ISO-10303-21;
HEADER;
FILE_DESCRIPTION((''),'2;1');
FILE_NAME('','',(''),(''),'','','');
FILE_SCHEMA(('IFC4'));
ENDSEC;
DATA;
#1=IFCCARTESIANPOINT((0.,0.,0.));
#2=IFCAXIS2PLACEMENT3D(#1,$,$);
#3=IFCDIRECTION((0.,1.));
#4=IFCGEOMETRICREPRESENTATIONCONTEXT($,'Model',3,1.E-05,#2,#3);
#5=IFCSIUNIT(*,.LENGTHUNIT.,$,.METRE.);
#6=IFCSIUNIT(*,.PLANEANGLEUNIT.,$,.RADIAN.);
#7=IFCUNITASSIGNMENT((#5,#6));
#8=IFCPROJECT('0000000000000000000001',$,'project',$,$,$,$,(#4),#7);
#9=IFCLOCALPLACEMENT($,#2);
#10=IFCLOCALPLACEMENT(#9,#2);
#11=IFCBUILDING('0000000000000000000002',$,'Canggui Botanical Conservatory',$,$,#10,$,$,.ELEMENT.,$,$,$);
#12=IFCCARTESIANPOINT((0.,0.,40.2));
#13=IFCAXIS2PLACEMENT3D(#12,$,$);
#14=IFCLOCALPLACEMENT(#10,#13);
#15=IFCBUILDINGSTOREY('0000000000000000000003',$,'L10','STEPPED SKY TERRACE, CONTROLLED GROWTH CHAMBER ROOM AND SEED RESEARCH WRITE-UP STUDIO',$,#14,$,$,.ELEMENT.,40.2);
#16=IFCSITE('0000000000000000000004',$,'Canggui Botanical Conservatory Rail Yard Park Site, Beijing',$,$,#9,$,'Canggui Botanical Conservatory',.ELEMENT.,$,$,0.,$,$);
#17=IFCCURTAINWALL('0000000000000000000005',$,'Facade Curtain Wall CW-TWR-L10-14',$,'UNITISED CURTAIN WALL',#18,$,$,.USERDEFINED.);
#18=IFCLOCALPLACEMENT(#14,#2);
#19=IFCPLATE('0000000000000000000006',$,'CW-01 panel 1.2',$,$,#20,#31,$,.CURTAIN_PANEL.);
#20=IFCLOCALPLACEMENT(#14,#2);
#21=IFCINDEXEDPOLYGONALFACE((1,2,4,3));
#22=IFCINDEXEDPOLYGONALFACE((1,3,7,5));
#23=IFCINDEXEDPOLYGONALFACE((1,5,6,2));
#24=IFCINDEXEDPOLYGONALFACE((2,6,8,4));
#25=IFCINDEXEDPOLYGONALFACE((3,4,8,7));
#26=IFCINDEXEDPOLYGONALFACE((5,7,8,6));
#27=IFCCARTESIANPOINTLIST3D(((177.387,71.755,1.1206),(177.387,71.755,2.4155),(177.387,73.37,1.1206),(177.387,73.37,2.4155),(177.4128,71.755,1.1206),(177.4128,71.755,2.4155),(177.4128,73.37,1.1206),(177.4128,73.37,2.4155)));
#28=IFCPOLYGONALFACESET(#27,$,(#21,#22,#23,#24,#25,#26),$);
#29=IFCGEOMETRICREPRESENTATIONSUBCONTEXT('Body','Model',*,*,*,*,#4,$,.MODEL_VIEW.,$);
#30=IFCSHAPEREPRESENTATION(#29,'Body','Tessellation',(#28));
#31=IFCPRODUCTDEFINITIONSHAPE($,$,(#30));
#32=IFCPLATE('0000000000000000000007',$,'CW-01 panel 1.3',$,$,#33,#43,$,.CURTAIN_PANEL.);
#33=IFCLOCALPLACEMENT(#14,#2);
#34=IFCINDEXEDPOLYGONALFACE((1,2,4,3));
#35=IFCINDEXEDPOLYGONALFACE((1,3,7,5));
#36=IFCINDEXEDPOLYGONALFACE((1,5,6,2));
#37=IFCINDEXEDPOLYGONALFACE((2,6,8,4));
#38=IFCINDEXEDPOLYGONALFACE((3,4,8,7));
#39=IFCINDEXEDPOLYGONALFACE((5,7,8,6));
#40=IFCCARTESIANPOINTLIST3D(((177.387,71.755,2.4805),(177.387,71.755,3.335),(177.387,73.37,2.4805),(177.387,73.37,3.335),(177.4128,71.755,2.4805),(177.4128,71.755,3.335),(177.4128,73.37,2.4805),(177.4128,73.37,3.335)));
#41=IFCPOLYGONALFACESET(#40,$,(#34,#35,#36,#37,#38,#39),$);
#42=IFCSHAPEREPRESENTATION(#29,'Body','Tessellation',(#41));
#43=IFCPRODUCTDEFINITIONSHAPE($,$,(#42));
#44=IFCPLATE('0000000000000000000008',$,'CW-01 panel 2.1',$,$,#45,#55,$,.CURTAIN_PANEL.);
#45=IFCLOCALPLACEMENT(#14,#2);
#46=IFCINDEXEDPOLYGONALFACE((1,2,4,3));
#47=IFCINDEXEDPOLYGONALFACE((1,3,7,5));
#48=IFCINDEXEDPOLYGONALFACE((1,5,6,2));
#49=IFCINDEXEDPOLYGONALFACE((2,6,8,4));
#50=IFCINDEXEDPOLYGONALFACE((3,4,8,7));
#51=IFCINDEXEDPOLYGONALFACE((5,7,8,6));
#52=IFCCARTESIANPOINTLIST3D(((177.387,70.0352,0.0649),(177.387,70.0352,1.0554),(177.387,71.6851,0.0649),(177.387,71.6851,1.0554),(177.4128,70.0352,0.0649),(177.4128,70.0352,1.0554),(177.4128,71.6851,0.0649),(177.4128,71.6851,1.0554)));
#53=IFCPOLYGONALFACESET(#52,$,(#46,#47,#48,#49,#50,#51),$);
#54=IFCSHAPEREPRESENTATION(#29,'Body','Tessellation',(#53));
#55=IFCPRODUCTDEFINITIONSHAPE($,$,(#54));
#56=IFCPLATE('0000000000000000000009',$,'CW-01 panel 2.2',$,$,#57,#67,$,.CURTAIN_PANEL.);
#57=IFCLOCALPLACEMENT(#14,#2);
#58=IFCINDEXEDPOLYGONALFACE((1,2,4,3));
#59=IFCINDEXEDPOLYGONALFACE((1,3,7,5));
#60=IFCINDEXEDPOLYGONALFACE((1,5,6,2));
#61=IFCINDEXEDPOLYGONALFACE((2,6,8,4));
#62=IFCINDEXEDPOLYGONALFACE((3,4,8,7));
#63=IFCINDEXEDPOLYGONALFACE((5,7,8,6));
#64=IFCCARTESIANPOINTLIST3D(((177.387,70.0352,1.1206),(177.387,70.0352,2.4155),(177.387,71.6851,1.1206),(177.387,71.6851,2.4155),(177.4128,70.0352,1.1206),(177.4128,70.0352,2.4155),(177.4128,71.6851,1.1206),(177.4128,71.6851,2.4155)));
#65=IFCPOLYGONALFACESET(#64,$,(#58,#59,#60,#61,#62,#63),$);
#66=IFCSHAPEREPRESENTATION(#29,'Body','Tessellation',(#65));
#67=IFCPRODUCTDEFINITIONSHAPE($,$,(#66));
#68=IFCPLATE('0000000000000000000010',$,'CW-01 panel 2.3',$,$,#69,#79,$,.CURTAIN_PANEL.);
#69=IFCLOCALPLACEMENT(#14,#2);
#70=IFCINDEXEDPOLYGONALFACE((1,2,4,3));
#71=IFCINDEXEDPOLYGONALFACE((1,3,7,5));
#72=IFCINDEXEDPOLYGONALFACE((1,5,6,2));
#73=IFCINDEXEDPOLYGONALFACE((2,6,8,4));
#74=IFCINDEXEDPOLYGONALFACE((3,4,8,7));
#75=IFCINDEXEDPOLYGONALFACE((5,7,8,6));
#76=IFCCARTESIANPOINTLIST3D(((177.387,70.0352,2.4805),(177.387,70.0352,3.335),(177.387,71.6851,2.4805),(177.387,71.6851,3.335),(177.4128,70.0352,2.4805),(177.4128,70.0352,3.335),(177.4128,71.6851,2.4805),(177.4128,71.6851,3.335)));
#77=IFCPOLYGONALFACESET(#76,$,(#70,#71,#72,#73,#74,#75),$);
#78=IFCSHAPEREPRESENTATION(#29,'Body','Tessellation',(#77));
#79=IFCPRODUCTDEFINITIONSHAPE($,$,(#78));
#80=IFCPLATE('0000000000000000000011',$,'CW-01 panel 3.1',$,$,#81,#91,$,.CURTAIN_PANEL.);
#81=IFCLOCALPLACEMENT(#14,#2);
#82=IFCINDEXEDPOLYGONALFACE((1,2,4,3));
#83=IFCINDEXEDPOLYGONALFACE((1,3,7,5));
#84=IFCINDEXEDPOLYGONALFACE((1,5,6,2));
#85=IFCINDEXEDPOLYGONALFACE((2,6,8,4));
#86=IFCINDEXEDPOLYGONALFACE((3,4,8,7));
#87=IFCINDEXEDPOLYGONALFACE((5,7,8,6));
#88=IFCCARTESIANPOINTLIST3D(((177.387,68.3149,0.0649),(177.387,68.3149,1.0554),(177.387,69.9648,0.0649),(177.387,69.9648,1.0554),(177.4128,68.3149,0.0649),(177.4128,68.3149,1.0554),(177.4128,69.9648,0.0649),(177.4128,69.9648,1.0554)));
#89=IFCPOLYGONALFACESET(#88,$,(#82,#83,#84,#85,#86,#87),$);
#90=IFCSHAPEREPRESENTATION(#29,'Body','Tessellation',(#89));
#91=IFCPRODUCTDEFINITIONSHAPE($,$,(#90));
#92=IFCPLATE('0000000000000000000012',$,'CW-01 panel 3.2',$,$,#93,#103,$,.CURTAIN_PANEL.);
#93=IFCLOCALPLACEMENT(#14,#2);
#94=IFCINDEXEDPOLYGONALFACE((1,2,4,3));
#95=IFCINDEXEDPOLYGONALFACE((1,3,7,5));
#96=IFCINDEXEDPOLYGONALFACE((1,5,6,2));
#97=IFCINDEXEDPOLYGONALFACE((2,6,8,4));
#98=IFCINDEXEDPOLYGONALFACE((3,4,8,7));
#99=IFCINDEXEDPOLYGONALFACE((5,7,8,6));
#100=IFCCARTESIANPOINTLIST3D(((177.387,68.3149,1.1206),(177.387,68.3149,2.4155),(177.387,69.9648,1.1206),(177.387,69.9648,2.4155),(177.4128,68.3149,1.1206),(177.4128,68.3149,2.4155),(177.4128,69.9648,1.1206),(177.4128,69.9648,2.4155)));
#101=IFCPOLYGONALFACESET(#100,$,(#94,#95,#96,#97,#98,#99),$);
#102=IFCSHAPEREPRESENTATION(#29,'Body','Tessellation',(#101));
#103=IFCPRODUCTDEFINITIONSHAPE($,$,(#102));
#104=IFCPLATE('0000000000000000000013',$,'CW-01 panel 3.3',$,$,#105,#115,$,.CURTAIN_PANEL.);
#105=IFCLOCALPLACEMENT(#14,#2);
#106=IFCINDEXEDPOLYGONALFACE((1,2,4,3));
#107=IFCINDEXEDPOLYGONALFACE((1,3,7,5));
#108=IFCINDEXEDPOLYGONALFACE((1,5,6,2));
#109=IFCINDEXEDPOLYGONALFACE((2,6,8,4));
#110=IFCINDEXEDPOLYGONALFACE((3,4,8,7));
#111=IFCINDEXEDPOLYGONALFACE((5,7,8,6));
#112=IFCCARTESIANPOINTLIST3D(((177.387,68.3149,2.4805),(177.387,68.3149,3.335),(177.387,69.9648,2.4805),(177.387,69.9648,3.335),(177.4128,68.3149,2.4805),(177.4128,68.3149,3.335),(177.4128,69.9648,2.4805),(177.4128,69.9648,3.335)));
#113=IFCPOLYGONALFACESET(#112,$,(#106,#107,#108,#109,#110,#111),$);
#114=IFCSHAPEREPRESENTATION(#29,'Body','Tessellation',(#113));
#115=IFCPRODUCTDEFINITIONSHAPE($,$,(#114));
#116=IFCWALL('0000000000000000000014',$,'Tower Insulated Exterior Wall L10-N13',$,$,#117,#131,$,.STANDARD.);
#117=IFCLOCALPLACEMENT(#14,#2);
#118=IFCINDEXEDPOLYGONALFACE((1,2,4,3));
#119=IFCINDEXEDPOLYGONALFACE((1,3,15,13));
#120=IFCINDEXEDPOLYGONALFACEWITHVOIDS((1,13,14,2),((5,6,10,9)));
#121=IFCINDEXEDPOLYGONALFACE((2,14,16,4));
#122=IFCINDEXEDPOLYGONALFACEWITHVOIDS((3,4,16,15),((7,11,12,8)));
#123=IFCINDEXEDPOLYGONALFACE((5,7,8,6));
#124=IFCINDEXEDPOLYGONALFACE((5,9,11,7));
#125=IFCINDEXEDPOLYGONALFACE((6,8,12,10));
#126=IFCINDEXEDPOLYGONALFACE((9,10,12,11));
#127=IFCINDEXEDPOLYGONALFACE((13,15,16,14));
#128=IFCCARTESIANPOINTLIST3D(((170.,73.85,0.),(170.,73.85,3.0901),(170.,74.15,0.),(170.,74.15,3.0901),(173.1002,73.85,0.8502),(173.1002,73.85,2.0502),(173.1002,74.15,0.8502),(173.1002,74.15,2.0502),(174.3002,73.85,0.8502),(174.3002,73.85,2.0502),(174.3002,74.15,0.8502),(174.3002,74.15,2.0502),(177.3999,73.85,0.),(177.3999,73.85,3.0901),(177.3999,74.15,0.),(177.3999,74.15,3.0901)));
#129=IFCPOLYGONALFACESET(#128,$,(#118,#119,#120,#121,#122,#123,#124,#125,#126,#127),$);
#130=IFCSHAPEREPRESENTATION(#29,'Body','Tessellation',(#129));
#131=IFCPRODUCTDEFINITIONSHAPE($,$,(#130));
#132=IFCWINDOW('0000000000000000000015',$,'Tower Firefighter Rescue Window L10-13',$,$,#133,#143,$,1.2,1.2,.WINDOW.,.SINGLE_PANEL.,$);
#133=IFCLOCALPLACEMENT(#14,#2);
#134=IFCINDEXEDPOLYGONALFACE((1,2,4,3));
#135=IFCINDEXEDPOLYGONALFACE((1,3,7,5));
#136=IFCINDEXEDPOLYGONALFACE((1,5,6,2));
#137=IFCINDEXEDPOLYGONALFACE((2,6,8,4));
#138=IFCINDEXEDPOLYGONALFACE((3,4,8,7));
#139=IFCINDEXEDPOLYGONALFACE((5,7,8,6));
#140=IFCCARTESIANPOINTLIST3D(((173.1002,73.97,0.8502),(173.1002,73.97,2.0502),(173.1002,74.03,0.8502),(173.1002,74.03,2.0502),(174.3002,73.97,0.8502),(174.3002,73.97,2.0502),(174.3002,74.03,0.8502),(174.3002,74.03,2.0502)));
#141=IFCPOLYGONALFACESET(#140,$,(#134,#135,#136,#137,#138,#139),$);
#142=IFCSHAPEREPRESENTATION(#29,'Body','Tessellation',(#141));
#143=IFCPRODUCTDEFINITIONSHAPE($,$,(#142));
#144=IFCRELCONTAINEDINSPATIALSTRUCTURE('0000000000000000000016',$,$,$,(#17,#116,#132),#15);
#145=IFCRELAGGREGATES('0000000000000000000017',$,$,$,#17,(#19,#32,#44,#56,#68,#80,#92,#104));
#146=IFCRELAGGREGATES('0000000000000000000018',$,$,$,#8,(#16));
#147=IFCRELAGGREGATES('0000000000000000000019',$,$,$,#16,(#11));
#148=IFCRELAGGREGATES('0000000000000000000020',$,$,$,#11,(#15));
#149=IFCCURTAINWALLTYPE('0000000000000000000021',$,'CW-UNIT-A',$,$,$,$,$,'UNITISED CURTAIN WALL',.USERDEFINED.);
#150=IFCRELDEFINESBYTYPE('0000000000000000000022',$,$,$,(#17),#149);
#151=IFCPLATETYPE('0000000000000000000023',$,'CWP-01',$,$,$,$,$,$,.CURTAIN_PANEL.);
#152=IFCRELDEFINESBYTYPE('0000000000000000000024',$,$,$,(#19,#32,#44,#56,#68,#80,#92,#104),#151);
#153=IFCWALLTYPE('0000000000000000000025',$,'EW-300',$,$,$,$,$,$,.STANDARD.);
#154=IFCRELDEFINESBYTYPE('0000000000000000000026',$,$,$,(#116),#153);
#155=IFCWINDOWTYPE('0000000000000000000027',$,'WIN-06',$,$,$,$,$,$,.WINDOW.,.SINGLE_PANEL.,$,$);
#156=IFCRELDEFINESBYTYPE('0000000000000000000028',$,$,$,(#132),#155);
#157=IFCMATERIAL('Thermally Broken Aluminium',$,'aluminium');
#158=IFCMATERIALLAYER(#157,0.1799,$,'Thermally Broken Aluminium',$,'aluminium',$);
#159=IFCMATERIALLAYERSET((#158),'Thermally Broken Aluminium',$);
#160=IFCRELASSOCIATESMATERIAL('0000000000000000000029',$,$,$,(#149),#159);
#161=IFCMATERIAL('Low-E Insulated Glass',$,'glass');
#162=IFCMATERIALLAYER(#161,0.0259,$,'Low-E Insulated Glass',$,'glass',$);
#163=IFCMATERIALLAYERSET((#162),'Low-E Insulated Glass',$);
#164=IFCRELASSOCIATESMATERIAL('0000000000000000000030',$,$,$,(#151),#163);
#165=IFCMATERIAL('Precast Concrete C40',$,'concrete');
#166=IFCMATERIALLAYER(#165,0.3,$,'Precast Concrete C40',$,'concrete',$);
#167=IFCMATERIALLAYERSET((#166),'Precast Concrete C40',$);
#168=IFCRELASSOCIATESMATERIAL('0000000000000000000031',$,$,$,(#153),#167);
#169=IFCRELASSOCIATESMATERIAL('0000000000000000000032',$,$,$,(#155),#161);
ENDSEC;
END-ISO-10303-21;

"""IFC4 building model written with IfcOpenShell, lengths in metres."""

from ifc_helpers import new_model, si_unit, direction, frame, frame_2d, origin, origin_2d, place, context, subcontext, project, spatial, rectangle, extrude, material, layer, layer_set, type_object, element, fill, aggregate, save


model = new_model("IFC4")

# Units and contexts
model_context = context("Model", 3, precision=1e-05, world=origin(), true_north=direction((0.0, 1.0)))
body_context = subcontext(model_context, "Body", "Model", "MODEL_VIEW")
ifc_project = project(units=[si_unit("LENGTHUNIT", "METRE"), si_unit("PLANEANGLEUNIT", "RADIAN")], contexts=[model_context])

# Site, building, storey
site_placement = place(None, origin())
site = spatial("IfcSite", under=ifc_project, at=site_placement, Name="Canggui Botanical Conservatory Rail Yard Park Site, Beijing", LongName="Canggui Botanical Conservatory", CompositionType="ELEMENT", RefElevation=0.0)
building_placement = place(site_placement, origin())
building = spatial("IfcBuilding", under=site, at=building_placement, Name="Canggui Botanical Conservatory", CompositionType="ELEMENT")
storey_placement = place(building_placement, frame((0.0, 0.0, 40.2)))
storey = spatial("IfcBuildingStorey", under=building, at=storey_placement, Name="L10", Description="STEPPED SKY TERRACE, CONTROLLED GROWTH CHAMBER ROOM AND SEED RESEARCH WRITE-UP STUDIO", CompositionType="ELEMENT", Elevation=40.2)

# Shared definitions
ifc_material_1 = material(Name="Thermally Broken Aluminium", Category="aluminium")
ifc_layer_1 = layer(ifc_material_1, 0.1799, Name="Thermally Broken Aluminium", Category="aluminium")
ifc_layer_set_1 = layer_set([ifc_layer_1], Name="Thermally Broken Aluminium")
curtain_wall_type = type_object("IfcCurtainWallType", Name="CW-UNIT-A", ElementType="UNITISED CURTAIN WALL", PredefinedType="USERDEFINED", material=ifc_layer_set_1)

# Curtain wall
curtain_wall_1_placement = place(storey_placement, origin())
curtain_wall_1 = element("IfcCurtainWall", 1, at=curtain_wall_1_placement, inside=storey, type_object=curtain_wall_type, Name="Facade Curtain Wall CW-TWR-L10-14", ObjectType="UNITISED CURTAIN WALL", PredefinedType="USERDEFINED")

# Plates
ifc_material_2 = material(Name="Low-E Insulated Glass", Category="glass")
ifc_layer_2 = layer(ifc_material_2, 0.0259, Name="Low-E Insulated Glass", Category="glass")
ifc_layer_set_2 = layer_set([ifc_layer_2], Name="Low-E Insulated Glass")
plate_type = type_object("IfcPlateType", Name="CWP-01", PredefinedType="CURTAIN_PANEL", material=ifc_layer_set_2)
plate_1_placement = place(storey_placement, frame((177.3999, 72.5625, 1.1206), z_axis=(0.0, 0.0, 1.0), x_axis=(0.0, -1.0, 0.0)))
plate_1 = element("IfcPlate", 2, at=plate_1_placement, type_object=plate_type, Name="CW-01 panel 1.2", PredefinedType="CURTAIN_PANEL", context=body_context, shape_type="SweptSolid", body=[
    extrude(rectangle(XDim=1.615, YDim=0.0259, at=origin_2d()), origin(), (0.0, 0.0, 1.0), 1.2949),
])
plate_2_placement = place(storey_placement, frame((177.3999, 72.5625, 2.4805), z_axis=(0.0, 0.0, 1.0), x_axis=(0.0, -1.0, 0.0)))
plate_2 = element("IfcPlate", 3, at=plate_2_placement, type_object=plate_type, Name="CW-01 panel 1.3", PredefinedType="CURTAIN_PANEL", context=body_context, shape_type="SweptSolid", body=[
    extrude(rectangle(XDim=1.615, YDim=0.0259, at=origin_2d()), origin(), (0.0, 0.0, 1.0), 0.8545),
])
plate_3_placement = place(storey_placement, frame((177.3999, 70.8601, 0.0649), z_axis=(0.0, 0.0, 1.0), x_axis=(0.0, -1.0, 0.0)))
plate_3 = element("IfcPlate", 4, at=plate_3_placement, type_object=plate_type, Name="CW-01 panel 2.1", PredefinedType="CURTAIN_PANEL", context=body_context, shape_type="SweptSolid", body=[
    extrude(rectangle(XDim=1.6499, YDim=0.0259, at=origin_2d()), origin(), (0.0, 0.0, 1.0), 0.9905),
])
plate_4_placement = place(storey_placement, frame((177.3999, 70.8601, 1.1206), z_axis=(0.0, 0.0, 1.0), x_axis=(0.0, -1.0, 0.0)))
plate_4 = element("IfcPlate", 5, at=plate_4_placement, type_object=plate_type, Name="CW-01 panel 2.2", PredefinedType="CURTAIN_PANEL", context=body_context, shape_type="SweptSolid", body=[
    extrude(rectangle(XDim=1.6499, YDim=0.0259, at=origin_2d()), origin(), (0.0, 0.0, 1.0), 1.2949),
])
plate_5_placement = place(storey_placement, frame((177.3999, 70.8601, 2.4805), z_axis=(0.0, 0.0, 1.0), x_axis=(0.0, -1.0, 0.0)))
plate_5 = element("IfcPlate", 6, at=plate_5_placement, type_object=plate_type, Name="CW-01 panel 2.3", PredefinedType="CURTAIN_PANEL", context=body_context, shape_type="SweptSolid", body=[
    extrude(rectangle(XDim=1.6499, YDim=0.0259, at=origin_2d()), origin(), (0.0, 0.0, 1.0), 0.8545),
])
plate_6_placement = place(storey_placement, frame((177.3999, 69.1399, 0.0649), z_axis=(0.0, 0.0, 1.0), x_axis=(0.0, -1.0, 0.0)))
plate_6 = element("IfcPlate", 7, at=plate_6_placement, type_object=plate_type, Name="CW-01 panel 3.1", PredefinedType="CURTAIN_PANEL", context=body_context, shape_type="SweptSolid", body=[
    extrude(rectangle(XDim=1.6499, YDim=0.0259, at=origin_2d()), origin(), (0.0, 0.0, 1.0), 0.9905),
])
plate_7_placement = place(storey_placement, frame((177.3999, 69.1399, 1.1206), z_axis=(0.0, 0.0, 1.0), x_axis=(0.0, -1.0, 0.0)))
plate_7 = element("IfcPlate", 8, at=plate_7_placement, type_object=plate_type, Name="CW-01 panel 3.2", PredefinedType="CURTAIN_PANEL", context=body_context, shape_type="SweptSolid", body=[
    extrude(rectangle(XDim=1.6499, YDim=0.0259, at=origin_2d()), origin(), (0.0, 0.0, 1.0), 1.2949),
])
plate_8_placement = place(storey_placement, frame((177.3999, 69.1399, 2.4805), z_axis=(0.0, 0.0, 1.0), x_axis=(0.0, -1.0, 0.0)))
plate_8 = element("IfcPlate", 9, at=plate_8_placement, type_object=plate_type, Name="CW-01 panel 3.3", PredefinedType="CURTAIN_PANEL", context=body_context, shape_type="SweptSolid", body=[
    extrude(rectangle(XDim=1.6499, YDim=0.0259, at=origin_2d()), origin(), (0.0, 0.0, 1.0), 0.8545),
])
aggregate(curtain_wall_1, [plate_1, plate_2, plate_3, plate_4, plate_5, plate_6, plate_7, plate_8])

# Wall, opening, window
ifc_material_3 = material(Name="Precast Concrete C40", Category="concrete")
ifc_layer_3 = layer(ifc_material_3, 0.3, Name="Precast Concrete C40", Category="concrete")
ifc_layer_set_3 = layer_set([ifc_layer_3], Name="Precast Concrete C40")
wall_type = type_object("IfcWallType", Name="EW-300", PredefinedType="STANDARD", material=ifc_layer_set_3)
wall_placement = place(storey_placement, frame((170.0, 74.0, 0.0), z_axis=(0.0, 0.0, 1.0), x_axis=(1.0, 0.0, 0.0)))
wall = element("IfcWall", 10, at=wall_placement, inside=storey, type_object=wall_type, Name="Tower Insulated Exterior Wall L10-N13", PredefinedType="STANDARD", context=body_context, shape_type="SweptSolid", body=[
    extrude(rectangle(XDim=7.3999, YDim=0.3, at=frame_2d((3.7, 0.0))), origin(), (0.0, 0.0, 1.0), 3.0901),
])
opening_placement = place(wall_placement, frame((3.1001, 0.0, 0.8501)))
opening = element("IfcOpeningElement", 11, at=opening_placement, cuts=wall, PredefinedType="OPENING", context=body_context, shape_type="SweptSolid", body=[
    extrude(rectangle(XDim=1.2, YDim=1.2, at=frame_2d((0.6001, 0.6001))), frame((0.0, 0.1602, 0.0), z_axis=(0.0, -1.0, 0.0), x_axis=(1.0, 0.0, 0.0)), (0.0, 0.0, 1.0), 0.3201),
])
window_type = type_object("IfcWindowType", Name="WIN-06", PartitioningType="SINGLE_PANEL", PredefinedType="WINDOW", material=ifc_material_2)
window_placement = place(opening_placement, origin())
window = element("IfcWindow", 12, at=window_placement, inside=storey, type_object=window_type, Name="Tower Firefighter Rescue Window L10-13", OverallHeight=1.2, OverallWidth=1.2, PartitioningType="SINGLE_PANEL", PredefinedType="WINDOW", context=body_context, shape_type="SweptSolid", body=[
    extrude(rectangle(XDim=1.2, YDim=1.2, at=frame_2d((0.6001, 0.6001))), frame((0.0, 0.03, 0.0), z_axis=(0.0, -1.0, 0.0), x_axis=(1.0, 0.0, 0.0)), (0.0, 0.0, 1.0), 0.0601),
])
fill(opening, window)

save(model, "model.ifc")
